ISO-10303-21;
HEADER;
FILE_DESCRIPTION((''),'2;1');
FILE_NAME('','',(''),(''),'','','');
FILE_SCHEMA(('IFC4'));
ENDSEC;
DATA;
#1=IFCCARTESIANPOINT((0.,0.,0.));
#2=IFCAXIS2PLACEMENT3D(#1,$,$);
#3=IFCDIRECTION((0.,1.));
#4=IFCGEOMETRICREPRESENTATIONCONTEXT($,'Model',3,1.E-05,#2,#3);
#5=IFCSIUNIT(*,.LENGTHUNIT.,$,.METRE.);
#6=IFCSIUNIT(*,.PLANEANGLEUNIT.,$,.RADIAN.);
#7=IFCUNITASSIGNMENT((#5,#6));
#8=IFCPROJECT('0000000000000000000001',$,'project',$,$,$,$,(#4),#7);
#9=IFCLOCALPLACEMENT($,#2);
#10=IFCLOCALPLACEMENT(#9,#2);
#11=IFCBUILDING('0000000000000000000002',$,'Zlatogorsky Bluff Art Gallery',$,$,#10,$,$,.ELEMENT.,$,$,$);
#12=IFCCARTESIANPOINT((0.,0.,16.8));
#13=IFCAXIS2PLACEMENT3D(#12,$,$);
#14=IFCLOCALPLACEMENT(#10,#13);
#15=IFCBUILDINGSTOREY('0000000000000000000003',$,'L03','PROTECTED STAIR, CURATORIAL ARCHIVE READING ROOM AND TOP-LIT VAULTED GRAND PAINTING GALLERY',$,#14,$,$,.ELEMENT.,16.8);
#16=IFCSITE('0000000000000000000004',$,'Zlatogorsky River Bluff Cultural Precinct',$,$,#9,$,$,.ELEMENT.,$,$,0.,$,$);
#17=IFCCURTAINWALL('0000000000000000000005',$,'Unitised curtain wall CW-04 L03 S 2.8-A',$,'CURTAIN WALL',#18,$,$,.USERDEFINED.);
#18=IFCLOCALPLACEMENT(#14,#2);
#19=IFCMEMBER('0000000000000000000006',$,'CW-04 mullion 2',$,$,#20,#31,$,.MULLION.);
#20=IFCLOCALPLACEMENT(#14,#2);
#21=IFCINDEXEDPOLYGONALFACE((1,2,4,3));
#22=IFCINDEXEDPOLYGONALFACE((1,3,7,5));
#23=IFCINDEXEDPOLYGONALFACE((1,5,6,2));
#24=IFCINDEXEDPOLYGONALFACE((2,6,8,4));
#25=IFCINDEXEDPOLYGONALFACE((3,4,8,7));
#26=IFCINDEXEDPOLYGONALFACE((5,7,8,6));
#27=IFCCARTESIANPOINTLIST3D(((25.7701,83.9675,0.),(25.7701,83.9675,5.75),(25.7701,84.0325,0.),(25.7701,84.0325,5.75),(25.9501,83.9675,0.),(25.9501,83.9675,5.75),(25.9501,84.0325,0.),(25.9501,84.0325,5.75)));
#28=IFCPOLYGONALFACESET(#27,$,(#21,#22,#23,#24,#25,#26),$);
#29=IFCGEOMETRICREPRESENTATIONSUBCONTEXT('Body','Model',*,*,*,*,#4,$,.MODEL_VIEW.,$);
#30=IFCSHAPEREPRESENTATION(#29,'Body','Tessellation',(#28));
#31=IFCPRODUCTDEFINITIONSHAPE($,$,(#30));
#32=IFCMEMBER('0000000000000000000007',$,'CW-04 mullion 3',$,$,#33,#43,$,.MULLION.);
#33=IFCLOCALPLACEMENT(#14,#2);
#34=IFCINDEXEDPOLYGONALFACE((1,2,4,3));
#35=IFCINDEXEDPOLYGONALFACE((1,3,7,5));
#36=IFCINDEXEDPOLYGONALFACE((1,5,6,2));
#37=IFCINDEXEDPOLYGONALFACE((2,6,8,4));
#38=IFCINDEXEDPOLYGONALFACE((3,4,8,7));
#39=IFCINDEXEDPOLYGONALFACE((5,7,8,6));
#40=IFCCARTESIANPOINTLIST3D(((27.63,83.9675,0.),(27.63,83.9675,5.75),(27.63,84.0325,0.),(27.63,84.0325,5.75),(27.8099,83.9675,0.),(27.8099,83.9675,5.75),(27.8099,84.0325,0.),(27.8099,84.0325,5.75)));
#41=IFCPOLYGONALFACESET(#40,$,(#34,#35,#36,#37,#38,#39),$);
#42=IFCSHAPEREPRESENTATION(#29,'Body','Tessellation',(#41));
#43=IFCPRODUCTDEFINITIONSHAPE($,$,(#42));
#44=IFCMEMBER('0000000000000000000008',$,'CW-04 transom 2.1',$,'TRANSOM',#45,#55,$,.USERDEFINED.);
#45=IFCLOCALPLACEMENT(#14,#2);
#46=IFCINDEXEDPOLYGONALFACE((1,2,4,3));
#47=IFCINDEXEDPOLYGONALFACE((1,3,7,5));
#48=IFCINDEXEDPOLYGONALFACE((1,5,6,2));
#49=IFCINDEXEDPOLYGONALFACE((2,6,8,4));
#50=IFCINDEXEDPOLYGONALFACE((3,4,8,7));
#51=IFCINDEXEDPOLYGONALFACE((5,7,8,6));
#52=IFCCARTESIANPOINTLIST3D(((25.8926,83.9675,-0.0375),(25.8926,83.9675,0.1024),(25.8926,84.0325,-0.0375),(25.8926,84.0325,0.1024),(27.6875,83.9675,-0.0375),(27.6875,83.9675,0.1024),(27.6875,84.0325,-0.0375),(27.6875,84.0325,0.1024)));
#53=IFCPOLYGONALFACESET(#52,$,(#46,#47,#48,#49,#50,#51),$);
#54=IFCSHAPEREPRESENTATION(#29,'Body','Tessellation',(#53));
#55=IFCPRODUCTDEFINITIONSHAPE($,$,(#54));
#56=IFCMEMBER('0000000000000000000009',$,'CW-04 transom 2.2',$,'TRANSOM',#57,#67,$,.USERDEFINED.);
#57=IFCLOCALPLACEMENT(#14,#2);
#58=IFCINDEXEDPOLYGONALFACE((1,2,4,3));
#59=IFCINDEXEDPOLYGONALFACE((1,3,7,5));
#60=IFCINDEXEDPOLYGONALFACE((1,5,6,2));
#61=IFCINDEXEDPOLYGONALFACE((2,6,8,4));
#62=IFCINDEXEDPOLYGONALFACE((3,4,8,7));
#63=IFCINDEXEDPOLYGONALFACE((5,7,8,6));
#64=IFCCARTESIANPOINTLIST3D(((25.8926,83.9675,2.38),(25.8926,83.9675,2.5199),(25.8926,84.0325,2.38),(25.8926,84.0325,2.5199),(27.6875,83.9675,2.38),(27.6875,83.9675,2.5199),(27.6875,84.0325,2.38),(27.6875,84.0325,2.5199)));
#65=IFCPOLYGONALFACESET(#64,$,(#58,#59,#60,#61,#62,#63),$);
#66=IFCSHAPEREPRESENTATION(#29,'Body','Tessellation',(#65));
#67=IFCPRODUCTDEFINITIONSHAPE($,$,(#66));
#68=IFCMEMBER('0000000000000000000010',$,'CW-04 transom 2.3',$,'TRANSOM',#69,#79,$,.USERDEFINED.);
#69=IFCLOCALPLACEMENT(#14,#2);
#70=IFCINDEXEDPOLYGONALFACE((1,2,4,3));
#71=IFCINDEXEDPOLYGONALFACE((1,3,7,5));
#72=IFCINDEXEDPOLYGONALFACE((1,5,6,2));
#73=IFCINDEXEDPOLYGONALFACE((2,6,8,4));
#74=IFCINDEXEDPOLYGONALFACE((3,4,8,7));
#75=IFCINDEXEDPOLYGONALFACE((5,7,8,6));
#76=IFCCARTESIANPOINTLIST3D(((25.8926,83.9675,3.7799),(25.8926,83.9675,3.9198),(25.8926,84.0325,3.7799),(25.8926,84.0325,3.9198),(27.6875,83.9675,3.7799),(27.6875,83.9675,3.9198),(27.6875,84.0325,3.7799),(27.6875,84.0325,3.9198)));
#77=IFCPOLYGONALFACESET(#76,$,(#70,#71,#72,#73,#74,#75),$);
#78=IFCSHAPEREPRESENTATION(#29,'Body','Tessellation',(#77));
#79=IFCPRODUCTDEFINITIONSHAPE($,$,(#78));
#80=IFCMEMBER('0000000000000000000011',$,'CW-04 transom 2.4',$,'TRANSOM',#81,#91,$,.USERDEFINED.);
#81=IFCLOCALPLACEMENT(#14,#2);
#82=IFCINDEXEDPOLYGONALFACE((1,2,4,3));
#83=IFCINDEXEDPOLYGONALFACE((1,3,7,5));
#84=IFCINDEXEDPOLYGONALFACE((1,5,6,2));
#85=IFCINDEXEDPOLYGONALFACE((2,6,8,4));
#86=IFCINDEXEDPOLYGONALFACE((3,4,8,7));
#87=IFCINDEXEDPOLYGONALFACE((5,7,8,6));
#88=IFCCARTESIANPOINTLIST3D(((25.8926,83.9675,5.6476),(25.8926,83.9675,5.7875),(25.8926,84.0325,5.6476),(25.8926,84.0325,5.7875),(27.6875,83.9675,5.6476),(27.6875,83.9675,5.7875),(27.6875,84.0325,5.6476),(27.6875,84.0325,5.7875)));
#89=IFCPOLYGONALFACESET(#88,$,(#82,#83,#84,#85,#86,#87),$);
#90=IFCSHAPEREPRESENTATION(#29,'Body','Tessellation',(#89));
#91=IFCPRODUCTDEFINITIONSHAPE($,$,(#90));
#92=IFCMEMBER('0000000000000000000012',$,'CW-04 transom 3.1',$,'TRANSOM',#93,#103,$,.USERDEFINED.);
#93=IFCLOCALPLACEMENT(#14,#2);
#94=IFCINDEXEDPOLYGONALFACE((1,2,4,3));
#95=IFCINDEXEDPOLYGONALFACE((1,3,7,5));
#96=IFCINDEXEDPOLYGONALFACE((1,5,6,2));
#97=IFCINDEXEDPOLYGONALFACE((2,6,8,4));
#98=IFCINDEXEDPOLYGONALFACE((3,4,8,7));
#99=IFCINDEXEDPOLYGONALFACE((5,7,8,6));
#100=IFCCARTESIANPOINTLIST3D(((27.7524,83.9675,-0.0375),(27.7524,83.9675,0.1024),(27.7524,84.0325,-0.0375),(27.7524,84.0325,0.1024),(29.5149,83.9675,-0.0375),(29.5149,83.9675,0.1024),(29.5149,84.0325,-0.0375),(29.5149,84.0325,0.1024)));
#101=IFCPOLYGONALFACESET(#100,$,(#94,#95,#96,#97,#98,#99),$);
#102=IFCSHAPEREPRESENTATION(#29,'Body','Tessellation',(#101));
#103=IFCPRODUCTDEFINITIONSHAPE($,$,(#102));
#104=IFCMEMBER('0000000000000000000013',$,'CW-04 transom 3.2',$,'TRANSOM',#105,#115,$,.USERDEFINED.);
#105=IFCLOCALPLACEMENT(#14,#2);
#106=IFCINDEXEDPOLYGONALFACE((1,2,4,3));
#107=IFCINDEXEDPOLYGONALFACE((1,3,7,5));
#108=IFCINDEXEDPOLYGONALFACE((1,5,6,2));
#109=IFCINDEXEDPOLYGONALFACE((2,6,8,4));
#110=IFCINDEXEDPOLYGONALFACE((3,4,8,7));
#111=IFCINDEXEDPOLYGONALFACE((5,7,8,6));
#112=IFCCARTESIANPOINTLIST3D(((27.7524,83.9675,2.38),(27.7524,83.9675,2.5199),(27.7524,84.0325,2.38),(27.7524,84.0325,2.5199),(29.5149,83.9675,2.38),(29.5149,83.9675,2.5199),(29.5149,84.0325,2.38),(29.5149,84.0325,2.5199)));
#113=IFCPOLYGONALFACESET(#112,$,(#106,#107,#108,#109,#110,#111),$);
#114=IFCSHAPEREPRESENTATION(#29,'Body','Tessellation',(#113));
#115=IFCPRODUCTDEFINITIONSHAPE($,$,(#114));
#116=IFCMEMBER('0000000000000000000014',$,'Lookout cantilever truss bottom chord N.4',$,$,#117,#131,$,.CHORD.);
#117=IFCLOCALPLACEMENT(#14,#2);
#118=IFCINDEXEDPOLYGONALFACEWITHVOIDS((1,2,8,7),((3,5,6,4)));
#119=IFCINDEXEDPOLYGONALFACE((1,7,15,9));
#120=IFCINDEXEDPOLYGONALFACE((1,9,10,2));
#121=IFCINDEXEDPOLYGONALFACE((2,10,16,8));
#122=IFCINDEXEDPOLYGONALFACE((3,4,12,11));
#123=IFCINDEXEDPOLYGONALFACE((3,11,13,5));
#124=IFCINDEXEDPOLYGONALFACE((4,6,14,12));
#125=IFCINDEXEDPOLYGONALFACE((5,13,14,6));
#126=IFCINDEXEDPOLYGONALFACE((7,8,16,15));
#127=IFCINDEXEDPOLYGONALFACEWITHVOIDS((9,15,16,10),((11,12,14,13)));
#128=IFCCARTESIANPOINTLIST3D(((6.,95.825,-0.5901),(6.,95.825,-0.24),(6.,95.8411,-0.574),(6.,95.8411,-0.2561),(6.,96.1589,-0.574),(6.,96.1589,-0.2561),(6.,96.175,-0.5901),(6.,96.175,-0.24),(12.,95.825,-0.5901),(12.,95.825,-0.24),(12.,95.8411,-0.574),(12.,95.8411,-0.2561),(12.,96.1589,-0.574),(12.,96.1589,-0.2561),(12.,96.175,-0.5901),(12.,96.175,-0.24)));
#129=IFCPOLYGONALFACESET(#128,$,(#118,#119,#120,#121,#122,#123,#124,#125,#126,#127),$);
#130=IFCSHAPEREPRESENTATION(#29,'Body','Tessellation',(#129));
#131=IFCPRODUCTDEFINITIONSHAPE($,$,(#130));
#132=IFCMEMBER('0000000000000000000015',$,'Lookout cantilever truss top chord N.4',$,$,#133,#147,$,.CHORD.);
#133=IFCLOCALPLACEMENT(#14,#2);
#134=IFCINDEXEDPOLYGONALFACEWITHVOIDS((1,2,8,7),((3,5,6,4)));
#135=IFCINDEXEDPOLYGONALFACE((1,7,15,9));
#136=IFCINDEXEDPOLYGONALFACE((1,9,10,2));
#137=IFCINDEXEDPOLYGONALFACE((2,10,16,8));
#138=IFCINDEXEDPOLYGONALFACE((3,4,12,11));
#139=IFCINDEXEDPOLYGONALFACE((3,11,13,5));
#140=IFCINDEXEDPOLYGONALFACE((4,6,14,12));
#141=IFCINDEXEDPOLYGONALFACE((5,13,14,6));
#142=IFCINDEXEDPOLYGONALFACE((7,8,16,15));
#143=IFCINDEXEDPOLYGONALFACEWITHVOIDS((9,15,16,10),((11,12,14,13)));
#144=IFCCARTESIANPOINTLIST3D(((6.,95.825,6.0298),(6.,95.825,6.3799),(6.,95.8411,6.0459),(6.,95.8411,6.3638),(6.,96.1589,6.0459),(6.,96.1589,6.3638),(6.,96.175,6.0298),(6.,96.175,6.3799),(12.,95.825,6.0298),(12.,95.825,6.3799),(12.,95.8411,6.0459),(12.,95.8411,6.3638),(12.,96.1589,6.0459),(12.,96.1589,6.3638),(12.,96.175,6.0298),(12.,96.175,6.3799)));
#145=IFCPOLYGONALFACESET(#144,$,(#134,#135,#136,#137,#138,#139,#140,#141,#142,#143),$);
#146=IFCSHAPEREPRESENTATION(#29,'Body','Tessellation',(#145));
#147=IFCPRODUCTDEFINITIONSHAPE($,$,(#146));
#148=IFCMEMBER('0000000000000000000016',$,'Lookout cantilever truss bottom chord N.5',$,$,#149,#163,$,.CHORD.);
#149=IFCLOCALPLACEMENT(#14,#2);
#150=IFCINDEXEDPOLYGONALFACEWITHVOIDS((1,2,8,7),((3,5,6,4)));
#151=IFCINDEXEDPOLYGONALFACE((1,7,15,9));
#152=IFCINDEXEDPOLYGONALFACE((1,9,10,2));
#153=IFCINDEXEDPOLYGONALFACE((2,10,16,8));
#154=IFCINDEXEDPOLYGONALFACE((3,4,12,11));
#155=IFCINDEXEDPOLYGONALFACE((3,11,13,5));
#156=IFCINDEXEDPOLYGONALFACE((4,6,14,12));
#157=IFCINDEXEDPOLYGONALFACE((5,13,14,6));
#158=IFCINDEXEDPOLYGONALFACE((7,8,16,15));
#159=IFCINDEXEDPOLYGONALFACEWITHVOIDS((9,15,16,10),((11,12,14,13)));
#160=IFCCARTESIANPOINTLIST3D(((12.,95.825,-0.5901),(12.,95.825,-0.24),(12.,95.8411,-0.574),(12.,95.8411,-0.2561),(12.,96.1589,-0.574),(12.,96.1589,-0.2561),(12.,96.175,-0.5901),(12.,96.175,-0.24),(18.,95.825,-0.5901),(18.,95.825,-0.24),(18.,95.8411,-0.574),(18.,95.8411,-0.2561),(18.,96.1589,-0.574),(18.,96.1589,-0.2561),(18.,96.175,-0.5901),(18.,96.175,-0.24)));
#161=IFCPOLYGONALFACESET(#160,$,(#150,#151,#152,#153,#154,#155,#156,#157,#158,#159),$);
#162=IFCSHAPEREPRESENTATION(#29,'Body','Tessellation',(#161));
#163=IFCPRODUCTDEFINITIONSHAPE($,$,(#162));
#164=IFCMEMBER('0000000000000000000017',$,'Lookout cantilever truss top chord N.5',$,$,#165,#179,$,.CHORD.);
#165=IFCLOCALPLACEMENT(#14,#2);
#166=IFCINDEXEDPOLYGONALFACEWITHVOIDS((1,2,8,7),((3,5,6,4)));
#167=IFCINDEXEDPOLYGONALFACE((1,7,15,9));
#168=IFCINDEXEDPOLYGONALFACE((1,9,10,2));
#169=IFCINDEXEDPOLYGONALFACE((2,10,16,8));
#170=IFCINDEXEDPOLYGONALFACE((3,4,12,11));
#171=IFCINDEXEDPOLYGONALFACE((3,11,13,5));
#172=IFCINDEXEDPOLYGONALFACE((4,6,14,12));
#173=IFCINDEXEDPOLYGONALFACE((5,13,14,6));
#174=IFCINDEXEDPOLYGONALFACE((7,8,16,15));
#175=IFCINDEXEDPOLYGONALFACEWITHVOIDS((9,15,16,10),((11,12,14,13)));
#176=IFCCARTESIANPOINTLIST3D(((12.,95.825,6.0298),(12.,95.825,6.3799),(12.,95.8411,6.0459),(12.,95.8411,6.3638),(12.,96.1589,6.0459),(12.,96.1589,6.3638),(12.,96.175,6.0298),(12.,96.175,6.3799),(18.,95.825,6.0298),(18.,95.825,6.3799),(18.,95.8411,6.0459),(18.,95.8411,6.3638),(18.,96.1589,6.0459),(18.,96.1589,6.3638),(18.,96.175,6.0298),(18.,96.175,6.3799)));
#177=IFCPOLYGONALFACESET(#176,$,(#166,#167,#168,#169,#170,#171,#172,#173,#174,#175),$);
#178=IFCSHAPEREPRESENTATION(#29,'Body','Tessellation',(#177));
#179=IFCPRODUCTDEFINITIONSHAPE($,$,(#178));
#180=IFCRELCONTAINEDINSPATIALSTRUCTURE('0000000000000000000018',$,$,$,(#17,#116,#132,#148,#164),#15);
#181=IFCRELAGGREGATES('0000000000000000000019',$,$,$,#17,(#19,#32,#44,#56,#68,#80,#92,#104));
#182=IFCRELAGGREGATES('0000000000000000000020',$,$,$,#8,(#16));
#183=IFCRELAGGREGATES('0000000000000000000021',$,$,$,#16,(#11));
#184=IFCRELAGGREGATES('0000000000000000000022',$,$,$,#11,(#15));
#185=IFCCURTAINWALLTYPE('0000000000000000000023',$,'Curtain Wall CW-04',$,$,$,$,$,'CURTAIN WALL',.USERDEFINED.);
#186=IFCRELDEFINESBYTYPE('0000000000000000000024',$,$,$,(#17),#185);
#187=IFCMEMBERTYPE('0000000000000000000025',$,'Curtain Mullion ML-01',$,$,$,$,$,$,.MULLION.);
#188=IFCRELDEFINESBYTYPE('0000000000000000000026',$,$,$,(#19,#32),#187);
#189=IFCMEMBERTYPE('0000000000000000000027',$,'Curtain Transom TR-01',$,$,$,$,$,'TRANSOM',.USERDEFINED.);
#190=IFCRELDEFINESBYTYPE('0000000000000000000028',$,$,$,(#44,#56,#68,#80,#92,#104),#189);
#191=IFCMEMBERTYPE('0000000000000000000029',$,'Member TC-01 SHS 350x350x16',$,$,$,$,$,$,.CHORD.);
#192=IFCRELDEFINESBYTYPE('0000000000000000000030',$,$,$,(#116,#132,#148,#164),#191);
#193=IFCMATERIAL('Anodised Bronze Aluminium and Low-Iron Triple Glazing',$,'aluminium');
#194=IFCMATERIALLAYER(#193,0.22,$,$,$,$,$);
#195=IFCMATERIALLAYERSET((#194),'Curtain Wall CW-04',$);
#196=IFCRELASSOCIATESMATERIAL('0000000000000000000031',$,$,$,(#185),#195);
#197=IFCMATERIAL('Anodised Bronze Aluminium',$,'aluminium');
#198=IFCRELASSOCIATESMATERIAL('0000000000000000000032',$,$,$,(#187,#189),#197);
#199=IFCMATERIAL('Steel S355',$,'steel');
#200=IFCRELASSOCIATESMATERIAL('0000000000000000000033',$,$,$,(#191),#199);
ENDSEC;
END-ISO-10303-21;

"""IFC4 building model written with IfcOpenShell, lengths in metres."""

from ifc_helpers import new_model, si_unit, direction, frame, origin, origin_2d, place, context, subcontext, project, spatial, rectangle, hollow_rectangle, extrude, material, layer, layer_set, material_profile, profile_set, type_object, element, aggregate, save


model = new_model("IFC4")

# Units and contexts
model_context = context("Model", 3, precision=1e-05, world=origin(), true_north=direction((0.0, 1.0)))
body_context = subcontext(model_context, "Body", "Model", "MODEL_VIEW")
ifc_project = project(units=[si_unit("LENGTHUNIT", "METRE"), si_unit("PLANEANGLEUNIT", "RADIAN")], contexts=[model_context])

# Site, building, storey
site_placement = place(None, origin())
site = spatial("IfcSite", under=ifc_project, at=site_placement, Name="Zlatogorsky River Bluff Cultural Precinct", CompositionType="ELEMENT", RefElevation=0.0)
building_placement = place(site_placement, origin())
building = spatial("IfcBuilding", under=site, at=building_placement, Name="Zlatogorsky Bluff Art Gallery", CompositionType="ELEMENT")
storey_placement = place(building_placement, frame((0.0, 0.0, 16.8)))
storey = spatial("IfcBuildingStorey", under=building, at=storey_placement, Name="L03", Description="PROTECTED STAIR, CURATORIAL ARCHIVE READING ROOM AND TOP-LIT VAULTED GRAND PAINTING GALLERY", CompositionType="ELEMENT", Elevation=16.8)

# Shared definitions
ifc_material_1 = material(Name="Steel S355", Category="steel")

# Curtain wall, members
ifc_material_2 = material(Name="Anodised Bronze Aluminium and Low-Iron Triple Glazing", Category="aluminium")
ifc_layer_1 = layer(ifc_material_2, 0.22)
ifc_layer_set_1 = layer_set([ifc_layer_1], Name="Curtain Wall CW-04")
curtain_wall_type = type_object("IfcCurtainWallType", Name="Curtain Wall CW-04", ElementType="CURTAIN WALL", PredefinedType="USERDEFINED", material=ifc_layer_set_1)
curtain_wall_placement = place(storey_placement, origin())
curtain_wall = element("IfcCurtainWall", 1, at=curtain_wall_placement, inside=storey, type_object=curtain_wall_type, Name="Unitised curtain wall CW-04 L03 S 2.8-A", ObjectType="CURTAIN WALL", PredefinedType="USERDEFINED")
ifc_material_3 = material(Name="Anodised Bronze Aluminium", Category="aluminium")
ifc_material_profile_1 = material_profile(ifc_material_3, rectangle(XDim=0.0649, YDim=0.1799, at=origin_2d()), Name="ALU MULLION 65x180")
ifc_profile_set_1 = profile_set([ifc_material_profile_1], Name="Anodised Bronze Aluminium")
member_type_1 = type_object("IfcMemberType", Name="Curtain Mullion ML-01", PredefinedType="MULLION", material=ifc_profile_set_1)
member_1_placement = place(storey_placement, frame((25.8601, 84.0, 0.0), z_axis=(0.0, 0.0, 1.0), x_axis=(0.0, 1.0, 0.0)))
member_1 = element("IfcMember", 2, at=member_1_placement, type_object=member_type_1, Name="CW-04 mullion 2", PredefinedType="MULLION", context=body_context, shape_type="SweptSolid", body=[
    extrude(rectangle(XDim=0.0649, YDim=0.1799, at=origin_2d()), origin(), (0.0, 0.0, 1.0), 5.75),
])
member_2_placement = place(storey_placement, frame((27.72, 84.0, 0.0), z_axis=(0.0, 0.0, 1.0), x_axis=(0.0, 1.0, 0.0)))
member_2 = element("IfcMember", 3, at=member_2_placement, type_object=member_type_1, Name="CW-04 mullion 3", PredefinedType="MULLION", context=body_context, shape_type="SweptSolid", body=[
    extrude(rectangle(XDim=0.0649, YDim=0.1799, at=origin_2d()), origin(), (0.0, 0.0, 1.0), 5.75),
])
ifc_material_profile_2 = material_profile(ifc_material_3, rectangle(XDim=0.0649, YDim=0.1399, at=origin_2d()), Name="ALU TRANSOM 65x140")
ifc_profile_set_2 = profile_set([ifc_material_profile_2], Name="Anodised Bronze Aluminium")
member_type_2 = type_object("IfcMemberType", Name="Curtain Transom TR-01", ElementType="TRANSOM", PredefinedType="USERDEFINED", material=ifc_profile_set_2)
member_3_placement = place(storey_placement, frame((25.8926, 84.0, 0.0325), z_axis=(1.0, 0.0, 0.0), x_axis=(0.0, 1.0, 0.0)))
member_3 = element("IfcMember", 4, at=member_3_placement, type_object=member_type_2, Name="CW-04 transom 2.1", ObjectType="TRANSOM", PredefinedType="USERDEFINED", context=body_context, shape_type="SweptSolid", body=[
    extrude(rectangle(XDim=0.0649, YDim=0.1399, at=origin_2d()), origin(), (0.0, 0.0, 1.0), 1.7949),
])
member_4_placement = place(storey_placement, frame((25.8926, 84.0, 2.45), z_axis=(1.0, 0.0, 0.0), x_axis=(0.0, 1.0, 0.0)))
member_4 = element("IfcMember", 5, at=member_4_placement, type_object=member_type_2, Name="CW-04 transom 2.2", ObjectType="TRANSOM", PredefinedType="USERDEFINED", context=body_context, shape_type="SweptSolid", body=[
    extrude(rectangle(XDim=0.0649, YDim=0.1399, at=origin_2d()), origin(), (0.0, 0.0, 1.0), 1.7949),
])
member_5_placement = place(storey_placement, frame((25.8926, 84.0, 3.8499), z_axis=(1.0, 0.0, 0.0), x_axis=(0.0, 1.0, 0.0)))
member_5 = element("IfcMember", 6, at=member_5_placement, type_object=member_type_2, Name="CW-04 transom 2.3", ObjectType="TRANSOM", PredefinedType="USERDEFINED", context=body_context, shape_type="SweptSolid", body=[
    extrude(rectangle(XDim=0.0649, YDim=0.1399, at=origin_2d()), origin(), (0.0, 0.0, 1.0), 1.7949),
])
member_6_placement = place(storey_placement, frame((25.8926, 84.0, 5.7175), z_axis=(1.0, 0.0, 0.0), x_axis=(0.0, 1.0, 0.0)))
member_6 = element("IfcMember", 7, at=member_6_placement, type_object=member_type_2, Name="CW-04 transom 2.4", ObjectType="TRANSOM", PredefinedType="USERDEFINED", context=body_context, shape_type="SweptSolid", body=[
    extrude(rectangle(XDim=0.0649, YDim=0.1399, at=origin_2d()), origin(), (0.0, 0.0, 1.0), 1.7949),
])
member_7_placement = place(storey_placement, frame((27.7524, 84.0, 0.0325), z_axis=(1.0, 0.0, 0.0), x_axis=(0.0, 1.0, 0.0)))
member_7 = element("IfcMember", 8, at=member_7_placement, type_object=member_type_2, Name="CW-04 transom 3.1", ObjectType="TRANSOM", PredefinedType="USERDEFINED", context=body_context, shape_type="SweptSolid", body=[
    extrude(rectangle(XDim=0.0649, YDim=0.1399, at=origin_2d()), origin(), (0.0, 0.0, 1.0), 1.7625),
])
member_8_placement = place(storey_placement, frame((27.7524, 84.0, 2.45), z_axis=(1.0, 0.0, 0.0), x_axis=(0.0, 1.0, 0.0)))
member_8 = element("IfcMember", 9, at=member_8_placement, type_object=member_type_2, Name="CW-04 transom 3.2", ObjectType="TRANSOM", PredefinedType="USERDEFINED", context=body_context, shape_type="SweptSolid", body=[
    extrude(rectangle(XDim=0.0649, YDim=0.1399, at=origin_2d()), origin(), (0.0, 0.0, 1.0), 1.7625),
])

# Members
ifc_material_profile_3 = material_profile(ifc_material_1, hollow_rectangle(XDim=0.3501, YDim=0.3501, WallThickness=0.0161, at=origin_2d()), Name="SHS 350x350x16")
ifc_profile_set_3 = profile_set([ifc_material_profile_3], Name="Steel S355")
member_type_3 = type_object("IfcMemberType", Name="Member TC-01 SHS 350x350x16", PredefinedType="CHORD", material=ifc_profile_set_3)
for number, where, z_axis, x_axis, name in (
    (10, (6.0, 96.0, -0.415), (1.0, 0.0, 0.0), (0.0, 1.0, 0.0), "Lookout cantilever truss bottom chord N.4"),
    (11, (6.0, 96.0, 6.2048), (1.0, 0.0, 0.0), (0.0, 1.0, 0.0), "Lookout cantilever truss top chord N.4"),
    (12, (12.0, 96.0, -0.415), (1.0, 0.0, 0.0), (0.0, 1.0, 0.0), "Lookout cantilever truss bottom chord N.5"),
    (13, (12.0, 96.0, 6.2048), (1.0, 0.0, 0.0), (0.0, 1.0, 0.0), "Lookout cantilever truss top chord N.5"),
):
    element("IfcMember", number, at=place(storey_placement, frame(where, z_axis=z_axis, x_axis=x_axis)), inside=storey, type_object=member_type_3, Name=name, PredefinedType="CHORD", context=body_context, shape_type="SweptSolid", body=[
        extrude(hollow_rectangle(XDim=0.3501, YDim=0.3501, WallThickness=0.0161, at=origin_2d()), origin(), (0.0, 0.0, 1.0), 6.0),
    ])

aggregate(curtain_wall, [member_1, member_2, member_3, member_4, member_5, member_6, member_7, member_8])

save(model, "model.ifc")
